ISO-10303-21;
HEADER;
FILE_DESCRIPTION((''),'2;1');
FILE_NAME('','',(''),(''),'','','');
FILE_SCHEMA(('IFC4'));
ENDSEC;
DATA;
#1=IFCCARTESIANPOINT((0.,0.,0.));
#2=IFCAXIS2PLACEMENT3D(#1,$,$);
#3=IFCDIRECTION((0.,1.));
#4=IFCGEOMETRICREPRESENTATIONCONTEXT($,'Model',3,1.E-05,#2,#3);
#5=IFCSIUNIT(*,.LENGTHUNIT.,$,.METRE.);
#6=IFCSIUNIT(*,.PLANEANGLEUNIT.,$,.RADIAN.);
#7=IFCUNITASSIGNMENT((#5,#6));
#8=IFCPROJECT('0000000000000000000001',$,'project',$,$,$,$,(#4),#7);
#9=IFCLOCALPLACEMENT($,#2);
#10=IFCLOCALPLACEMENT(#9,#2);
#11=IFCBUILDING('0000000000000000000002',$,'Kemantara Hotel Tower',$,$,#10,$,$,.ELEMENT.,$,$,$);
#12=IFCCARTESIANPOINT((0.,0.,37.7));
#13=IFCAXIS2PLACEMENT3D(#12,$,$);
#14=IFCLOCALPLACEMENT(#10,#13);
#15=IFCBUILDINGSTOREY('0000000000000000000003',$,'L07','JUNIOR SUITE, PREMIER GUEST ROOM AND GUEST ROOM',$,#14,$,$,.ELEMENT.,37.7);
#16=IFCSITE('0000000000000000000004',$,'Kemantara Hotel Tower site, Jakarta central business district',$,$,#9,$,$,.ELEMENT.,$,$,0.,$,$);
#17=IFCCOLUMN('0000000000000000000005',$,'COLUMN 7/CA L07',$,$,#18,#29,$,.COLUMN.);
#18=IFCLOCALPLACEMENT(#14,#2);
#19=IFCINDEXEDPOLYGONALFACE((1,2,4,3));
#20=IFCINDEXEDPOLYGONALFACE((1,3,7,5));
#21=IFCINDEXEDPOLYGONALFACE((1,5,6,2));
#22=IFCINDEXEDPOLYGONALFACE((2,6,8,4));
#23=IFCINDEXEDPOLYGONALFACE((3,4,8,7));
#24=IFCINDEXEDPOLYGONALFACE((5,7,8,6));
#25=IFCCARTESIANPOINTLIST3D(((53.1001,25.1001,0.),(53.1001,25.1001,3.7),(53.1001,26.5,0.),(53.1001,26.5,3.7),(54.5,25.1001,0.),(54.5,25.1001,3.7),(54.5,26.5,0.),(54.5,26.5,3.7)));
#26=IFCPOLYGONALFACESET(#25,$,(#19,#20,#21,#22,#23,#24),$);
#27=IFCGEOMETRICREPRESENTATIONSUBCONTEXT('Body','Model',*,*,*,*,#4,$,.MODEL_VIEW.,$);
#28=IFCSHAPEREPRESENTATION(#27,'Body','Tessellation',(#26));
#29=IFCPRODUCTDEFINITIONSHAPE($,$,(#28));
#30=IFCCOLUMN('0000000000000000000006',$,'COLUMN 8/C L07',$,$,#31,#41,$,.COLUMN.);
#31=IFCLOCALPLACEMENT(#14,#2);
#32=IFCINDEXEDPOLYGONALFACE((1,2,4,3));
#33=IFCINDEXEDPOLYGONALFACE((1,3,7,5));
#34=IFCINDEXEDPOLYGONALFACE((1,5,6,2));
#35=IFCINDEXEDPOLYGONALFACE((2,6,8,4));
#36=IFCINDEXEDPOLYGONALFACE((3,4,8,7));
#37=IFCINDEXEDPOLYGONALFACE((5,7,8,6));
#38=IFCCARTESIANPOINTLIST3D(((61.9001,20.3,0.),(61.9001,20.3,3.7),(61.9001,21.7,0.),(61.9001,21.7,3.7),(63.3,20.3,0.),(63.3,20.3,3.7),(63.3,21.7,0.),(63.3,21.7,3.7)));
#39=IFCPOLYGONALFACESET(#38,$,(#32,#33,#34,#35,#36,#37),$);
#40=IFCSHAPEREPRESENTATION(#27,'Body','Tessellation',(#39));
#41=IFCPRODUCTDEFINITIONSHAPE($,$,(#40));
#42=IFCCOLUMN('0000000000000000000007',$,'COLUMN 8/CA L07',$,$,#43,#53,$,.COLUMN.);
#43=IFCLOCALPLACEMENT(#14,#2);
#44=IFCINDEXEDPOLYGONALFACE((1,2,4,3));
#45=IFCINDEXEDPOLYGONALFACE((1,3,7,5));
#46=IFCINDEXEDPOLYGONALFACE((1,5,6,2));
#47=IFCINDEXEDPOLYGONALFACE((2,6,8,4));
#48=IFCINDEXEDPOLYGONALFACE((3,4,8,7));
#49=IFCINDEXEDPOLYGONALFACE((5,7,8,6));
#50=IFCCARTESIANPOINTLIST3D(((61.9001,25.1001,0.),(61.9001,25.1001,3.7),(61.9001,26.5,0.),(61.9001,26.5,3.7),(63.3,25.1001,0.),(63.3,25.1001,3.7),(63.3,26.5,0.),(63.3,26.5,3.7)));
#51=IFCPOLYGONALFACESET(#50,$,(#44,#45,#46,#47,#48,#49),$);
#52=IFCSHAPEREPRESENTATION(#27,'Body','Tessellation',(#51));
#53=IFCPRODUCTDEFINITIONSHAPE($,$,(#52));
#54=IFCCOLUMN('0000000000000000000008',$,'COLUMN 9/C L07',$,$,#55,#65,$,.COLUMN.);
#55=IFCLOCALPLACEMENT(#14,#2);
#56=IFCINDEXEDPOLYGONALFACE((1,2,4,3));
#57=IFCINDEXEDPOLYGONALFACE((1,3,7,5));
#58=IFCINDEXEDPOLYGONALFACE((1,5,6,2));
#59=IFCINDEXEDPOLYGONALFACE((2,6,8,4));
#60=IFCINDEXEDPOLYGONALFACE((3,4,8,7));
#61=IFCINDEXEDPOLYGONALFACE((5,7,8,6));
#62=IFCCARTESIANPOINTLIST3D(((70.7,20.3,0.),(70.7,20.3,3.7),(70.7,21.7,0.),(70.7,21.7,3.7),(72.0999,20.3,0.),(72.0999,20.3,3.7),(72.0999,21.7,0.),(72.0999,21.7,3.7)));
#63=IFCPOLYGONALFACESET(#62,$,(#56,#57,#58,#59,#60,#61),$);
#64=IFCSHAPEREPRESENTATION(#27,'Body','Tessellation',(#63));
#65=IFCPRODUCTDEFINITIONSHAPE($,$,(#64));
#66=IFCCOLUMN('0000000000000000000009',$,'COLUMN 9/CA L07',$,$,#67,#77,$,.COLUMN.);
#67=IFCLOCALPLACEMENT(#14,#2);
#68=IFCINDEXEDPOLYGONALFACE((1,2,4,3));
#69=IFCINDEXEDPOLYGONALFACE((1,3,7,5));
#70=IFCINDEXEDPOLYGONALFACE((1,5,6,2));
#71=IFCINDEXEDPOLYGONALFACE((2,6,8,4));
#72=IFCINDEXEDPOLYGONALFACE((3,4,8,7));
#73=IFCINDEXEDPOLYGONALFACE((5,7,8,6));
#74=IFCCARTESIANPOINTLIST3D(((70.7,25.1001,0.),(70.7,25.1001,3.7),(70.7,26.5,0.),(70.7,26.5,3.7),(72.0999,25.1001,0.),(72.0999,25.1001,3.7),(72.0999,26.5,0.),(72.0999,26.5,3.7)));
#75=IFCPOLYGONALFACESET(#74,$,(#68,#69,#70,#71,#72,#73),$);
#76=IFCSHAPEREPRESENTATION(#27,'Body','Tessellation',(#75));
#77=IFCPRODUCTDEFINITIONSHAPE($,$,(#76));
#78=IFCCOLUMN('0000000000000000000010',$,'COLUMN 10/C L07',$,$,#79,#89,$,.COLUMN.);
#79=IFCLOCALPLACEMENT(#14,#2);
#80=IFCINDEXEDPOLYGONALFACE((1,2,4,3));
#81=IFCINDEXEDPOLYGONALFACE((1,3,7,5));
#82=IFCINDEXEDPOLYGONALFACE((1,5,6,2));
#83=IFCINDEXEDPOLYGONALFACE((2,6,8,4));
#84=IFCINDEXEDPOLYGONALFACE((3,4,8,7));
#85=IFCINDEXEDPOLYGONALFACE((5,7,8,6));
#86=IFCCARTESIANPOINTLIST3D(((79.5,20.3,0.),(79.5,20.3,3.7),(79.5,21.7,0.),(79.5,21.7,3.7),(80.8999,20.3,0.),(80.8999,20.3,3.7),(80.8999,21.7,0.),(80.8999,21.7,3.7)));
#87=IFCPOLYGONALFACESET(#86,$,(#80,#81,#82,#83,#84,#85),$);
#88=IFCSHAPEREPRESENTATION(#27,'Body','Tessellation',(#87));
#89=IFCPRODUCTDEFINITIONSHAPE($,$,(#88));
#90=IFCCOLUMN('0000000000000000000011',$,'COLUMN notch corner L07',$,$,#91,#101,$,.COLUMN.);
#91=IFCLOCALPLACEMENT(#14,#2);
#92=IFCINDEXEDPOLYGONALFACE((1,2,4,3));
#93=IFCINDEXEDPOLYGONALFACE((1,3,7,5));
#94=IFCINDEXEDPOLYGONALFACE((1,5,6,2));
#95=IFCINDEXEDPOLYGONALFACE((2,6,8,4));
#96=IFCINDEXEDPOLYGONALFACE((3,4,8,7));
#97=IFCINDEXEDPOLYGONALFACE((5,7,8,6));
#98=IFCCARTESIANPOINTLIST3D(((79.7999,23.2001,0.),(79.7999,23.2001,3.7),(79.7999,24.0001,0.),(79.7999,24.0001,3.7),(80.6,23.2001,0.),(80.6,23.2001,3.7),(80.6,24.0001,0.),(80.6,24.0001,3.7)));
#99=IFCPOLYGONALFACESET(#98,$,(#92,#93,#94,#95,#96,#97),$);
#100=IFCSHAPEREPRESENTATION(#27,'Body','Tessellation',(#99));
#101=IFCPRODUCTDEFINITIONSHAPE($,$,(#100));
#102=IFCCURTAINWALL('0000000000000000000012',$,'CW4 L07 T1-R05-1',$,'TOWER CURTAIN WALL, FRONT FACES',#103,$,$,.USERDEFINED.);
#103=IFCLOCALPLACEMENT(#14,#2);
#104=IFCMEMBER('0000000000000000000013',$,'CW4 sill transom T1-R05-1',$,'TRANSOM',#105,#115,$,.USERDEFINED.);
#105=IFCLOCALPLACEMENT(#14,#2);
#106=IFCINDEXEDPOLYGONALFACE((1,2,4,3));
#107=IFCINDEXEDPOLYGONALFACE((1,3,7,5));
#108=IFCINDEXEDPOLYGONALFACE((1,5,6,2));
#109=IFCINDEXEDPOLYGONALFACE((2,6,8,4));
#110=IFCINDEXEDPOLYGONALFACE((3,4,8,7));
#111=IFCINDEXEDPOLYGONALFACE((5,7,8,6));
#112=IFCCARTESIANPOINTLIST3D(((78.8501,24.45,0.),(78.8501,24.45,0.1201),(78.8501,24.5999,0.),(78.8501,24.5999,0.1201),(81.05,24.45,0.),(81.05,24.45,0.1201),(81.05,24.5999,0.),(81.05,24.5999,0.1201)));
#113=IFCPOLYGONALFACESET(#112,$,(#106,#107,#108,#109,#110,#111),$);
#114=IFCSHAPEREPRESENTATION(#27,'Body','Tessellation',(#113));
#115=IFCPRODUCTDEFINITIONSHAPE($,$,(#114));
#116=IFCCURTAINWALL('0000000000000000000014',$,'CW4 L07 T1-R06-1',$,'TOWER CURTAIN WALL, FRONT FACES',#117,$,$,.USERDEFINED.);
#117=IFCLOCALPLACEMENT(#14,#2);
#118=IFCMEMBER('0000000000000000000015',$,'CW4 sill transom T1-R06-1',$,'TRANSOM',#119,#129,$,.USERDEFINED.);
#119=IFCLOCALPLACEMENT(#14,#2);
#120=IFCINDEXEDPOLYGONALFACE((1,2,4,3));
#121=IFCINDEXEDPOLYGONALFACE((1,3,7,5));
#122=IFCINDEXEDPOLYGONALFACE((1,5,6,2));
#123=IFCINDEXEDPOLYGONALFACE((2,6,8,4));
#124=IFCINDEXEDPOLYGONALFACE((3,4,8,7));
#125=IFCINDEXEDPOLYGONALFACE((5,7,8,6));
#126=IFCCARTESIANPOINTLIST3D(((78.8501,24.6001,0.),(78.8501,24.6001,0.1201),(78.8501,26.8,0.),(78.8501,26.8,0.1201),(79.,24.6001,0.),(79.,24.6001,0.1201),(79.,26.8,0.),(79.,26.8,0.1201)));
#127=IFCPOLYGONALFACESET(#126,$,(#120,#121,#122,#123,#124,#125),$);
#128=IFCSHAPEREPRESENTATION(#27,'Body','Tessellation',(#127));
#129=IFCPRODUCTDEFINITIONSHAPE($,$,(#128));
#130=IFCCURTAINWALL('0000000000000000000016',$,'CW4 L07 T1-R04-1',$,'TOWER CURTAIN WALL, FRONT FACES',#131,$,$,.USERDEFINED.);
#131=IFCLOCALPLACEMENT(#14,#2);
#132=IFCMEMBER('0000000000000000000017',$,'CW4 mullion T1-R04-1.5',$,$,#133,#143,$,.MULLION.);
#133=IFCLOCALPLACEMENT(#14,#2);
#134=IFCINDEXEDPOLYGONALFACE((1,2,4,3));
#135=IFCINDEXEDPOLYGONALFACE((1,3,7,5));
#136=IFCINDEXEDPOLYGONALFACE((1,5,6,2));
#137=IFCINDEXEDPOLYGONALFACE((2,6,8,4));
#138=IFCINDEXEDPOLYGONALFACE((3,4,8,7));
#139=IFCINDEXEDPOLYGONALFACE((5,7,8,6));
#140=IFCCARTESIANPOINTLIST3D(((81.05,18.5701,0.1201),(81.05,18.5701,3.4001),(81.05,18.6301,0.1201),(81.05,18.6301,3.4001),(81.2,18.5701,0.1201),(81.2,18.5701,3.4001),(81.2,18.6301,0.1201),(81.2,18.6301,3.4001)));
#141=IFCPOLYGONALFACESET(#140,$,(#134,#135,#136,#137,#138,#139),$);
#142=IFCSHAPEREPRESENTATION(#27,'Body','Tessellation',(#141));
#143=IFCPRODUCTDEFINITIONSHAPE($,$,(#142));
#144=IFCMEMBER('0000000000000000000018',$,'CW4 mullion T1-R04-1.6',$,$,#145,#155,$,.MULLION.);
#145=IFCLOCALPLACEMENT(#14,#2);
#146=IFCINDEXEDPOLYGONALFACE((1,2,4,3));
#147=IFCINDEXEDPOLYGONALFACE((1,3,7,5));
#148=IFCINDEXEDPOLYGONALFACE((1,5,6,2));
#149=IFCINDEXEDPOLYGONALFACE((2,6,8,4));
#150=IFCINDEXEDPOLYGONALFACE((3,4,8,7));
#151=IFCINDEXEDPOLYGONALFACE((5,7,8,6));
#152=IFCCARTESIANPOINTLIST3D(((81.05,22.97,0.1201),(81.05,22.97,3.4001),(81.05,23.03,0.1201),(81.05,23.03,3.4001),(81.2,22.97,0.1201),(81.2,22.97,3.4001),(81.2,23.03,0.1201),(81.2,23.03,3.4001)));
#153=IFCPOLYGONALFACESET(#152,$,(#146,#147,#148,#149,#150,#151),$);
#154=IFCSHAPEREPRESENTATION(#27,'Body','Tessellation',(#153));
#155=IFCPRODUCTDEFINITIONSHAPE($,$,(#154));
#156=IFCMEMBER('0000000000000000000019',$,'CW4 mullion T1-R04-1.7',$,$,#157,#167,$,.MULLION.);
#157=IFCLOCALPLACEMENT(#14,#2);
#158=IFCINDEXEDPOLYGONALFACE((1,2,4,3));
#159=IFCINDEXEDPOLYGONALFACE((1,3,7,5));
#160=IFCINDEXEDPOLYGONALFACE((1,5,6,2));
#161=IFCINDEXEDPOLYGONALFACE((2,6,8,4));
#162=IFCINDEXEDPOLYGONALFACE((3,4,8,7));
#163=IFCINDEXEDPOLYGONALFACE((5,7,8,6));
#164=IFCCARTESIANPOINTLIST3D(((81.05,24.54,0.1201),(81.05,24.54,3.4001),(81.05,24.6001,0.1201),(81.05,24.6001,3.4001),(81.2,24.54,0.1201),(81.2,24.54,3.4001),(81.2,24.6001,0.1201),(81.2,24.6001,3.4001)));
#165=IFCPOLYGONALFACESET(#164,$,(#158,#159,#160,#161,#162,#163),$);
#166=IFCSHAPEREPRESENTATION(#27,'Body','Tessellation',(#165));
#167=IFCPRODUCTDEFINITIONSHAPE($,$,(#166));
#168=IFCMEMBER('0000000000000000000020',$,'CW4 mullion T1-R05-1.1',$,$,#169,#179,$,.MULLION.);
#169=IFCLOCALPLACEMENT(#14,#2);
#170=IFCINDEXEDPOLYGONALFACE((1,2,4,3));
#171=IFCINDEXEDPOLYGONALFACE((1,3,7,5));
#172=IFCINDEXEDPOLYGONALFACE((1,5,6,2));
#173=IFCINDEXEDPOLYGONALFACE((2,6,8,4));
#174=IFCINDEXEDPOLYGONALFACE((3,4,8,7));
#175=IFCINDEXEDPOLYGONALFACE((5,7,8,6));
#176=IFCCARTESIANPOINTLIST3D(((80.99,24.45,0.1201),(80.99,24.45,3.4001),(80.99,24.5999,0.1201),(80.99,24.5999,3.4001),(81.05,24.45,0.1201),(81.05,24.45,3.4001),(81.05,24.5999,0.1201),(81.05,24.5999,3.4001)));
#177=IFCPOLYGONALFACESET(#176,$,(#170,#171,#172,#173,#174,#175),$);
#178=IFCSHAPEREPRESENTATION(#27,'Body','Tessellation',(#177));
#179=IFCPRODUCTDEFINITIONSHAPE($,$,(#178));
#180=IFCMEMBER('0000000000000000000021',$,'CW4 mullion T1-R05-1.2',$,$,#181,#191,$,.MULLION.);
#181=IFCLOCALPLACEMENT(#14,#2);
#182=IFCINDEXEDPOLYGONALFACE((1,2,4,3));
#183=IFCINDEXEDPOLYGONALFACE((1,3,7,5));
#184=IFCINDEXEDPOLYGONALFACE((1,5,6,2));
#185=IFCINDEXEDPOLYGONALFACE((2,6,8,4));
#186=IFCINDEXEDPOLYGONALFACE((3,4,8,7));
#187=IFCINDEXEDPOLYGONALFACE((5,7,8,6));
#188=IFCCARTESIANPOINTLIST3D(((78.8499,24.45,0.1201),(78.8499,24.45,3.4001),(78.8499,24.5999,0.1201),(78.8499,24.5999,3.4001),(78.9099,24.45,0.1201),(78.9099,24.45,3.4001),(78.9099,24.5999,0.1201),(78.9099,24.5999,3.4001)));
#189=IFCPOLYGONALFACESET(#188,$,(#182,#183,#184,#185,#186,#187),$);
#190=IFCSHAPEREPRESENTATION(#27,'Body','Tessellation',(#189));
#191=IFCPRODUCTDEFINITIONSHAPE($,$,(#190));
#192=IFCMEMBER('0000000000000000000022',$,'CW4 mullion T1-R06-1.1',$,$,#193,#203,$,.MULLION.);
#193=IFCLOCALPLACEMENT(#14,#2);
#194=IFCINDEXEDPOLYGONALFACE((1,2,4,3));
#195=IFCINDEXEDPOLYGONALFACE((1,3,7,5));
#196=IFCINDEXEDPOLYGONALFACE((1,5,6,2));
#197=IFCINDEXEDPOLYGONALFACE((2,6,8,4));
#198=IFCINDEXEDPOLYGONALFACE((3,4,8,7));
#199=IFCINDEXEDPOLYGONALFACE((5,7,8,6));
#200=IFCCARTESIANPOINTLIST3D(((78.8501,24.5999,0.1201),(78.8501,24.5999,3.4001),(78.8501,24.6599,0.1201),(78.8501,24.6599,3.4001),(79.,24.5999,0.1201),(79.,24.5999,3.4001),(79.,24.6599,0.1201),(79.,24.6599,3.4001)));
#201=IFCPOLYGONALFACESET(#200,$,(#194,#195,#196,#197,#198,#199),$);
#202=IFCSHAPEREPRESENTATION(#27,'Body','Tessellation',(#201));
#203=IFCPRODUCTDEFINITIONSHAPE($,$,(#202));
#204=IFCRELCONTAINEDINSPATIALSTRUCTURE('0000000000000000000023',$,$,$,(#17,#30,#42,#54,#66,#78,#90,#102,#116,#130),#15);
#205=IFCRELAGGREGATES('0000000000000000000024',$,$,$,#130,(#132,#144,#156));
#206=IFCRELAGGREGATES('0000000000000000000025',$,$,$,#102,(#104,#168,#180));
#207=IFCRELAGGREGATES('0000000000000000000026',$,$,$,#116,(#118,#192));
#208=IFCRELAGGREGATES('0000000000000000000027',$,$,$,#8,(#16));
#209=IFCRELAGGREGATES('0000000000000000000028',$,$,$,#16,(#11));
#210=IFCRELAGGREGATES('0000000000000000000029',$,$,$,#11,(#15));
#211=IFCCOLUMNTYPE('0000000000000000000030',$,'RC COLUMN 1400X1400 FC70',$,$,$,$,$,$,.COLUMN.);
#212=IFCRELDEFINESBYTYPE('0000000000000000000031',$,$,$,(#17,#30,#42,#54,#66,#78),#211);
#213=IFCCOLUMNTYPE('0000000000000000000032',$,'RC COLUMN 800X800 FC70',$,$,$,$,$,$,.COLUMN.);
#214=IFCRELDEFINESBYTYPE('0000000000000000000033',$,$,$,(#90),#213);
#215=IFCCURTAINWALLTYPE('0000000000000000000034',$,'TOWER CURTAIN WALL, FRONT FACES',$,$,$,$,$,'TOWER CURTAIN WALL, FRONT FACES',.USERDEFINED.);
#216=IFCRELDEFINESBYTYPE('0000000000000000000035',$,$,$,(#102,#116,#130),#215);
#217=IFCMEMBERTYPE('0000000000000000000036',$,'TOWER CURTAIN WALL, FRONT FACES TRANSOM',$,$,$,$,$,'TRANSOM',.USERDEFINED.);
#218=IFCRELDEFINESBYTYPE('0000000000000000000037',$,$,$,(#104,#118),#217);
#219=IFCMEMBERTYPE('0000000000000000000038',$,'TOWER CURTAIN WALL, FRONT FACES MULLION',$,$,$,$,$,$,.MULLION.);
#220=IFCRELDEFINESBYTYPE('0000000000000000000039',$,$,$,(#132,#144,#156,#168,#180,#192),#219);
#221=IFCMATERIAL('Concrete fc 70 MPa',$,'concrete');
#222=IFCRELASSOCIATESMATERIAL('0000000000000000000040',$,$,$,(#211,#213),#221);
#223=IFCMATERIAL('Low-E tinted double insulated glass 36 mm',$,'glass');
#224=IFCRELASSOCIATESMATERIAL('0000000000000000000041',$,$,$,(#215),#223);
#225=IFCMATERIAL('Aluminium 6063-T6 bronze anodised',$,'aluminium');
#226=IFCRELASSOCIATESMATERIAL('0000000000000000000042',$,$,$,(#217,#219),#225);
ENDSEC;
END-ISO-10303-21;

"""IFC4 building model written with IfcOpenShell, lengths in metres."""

from ifc_helpers import new_model, si_unit, direction, frame, origin, origin_2d, place, context, subcontext, project, spatial, rectangle, extrude, source, transform, mapped, material, material_profile, profile_set, type_object, element, aggregate, save


model = new_model("IFC4")

# Units and contexts
model_context = context("Model", 3, precision=1e-05, world=origin(), true_north=direction((0.0, 1.0)))
body_context = subcontext(model_context, "Body", "Model", "MODEL_VIEW")
ifc_project = project(units=[si_unit("LENGTHUNIT", "METRE"), si_unit("PLANEANGLEUNIT", "RADIAN")], contexts=[model_context])

# Site, building, storey
site_placement = place(None, origin())
site = spatial("IfcSite", under=ifc_project, at=site_placement, Name="Kemantara Hotel Tower site, Jakarta central business district", CompositionType="ELEMENT", RefElevation=0.0)
building_placement = place(site_placement, origin())
building = spatial("IfcBuilding", under=site, at=building_placement, Name="Kemantara Hotel Tower", CompositionType="ELEMENT")
storey_placement = place(building_placement, frame((0.0, 0.0, 37.7)))
storey = spatial("IfcBuildingStorey", under=building, at=storey_placement, Name="L07", Description="JUNIOR SUITE, PREMIER GUEST ROOM AND GUEST ROOM", CompositionType="ELEMENT", Elevation=37.7)

# Columns
ifc_material_1 = material(Name="Concrete fc 70 MPa", Category="concrete")
ifc_material_profile_1 = material_profile(ifc_material_1, rectangle(XDim=1.3999, YDim=1.3999, at=origin_2d()), Name="RC 1400X1400")
ifc_profile_set_1 = profile_set([ifc_material_profile_1], Name="Concrete fc 70 MPa")
column_type_1 = type_object("IfcColumnType", Name="RC COLUMN 1400X1400 FC70", PredefinedType="COLUMN", material=ifc_profile_set_1)
for number, where, z_axis, x_axis, name in (
    (1, (53.8, 25.8, 0.0), (0.0, 0.0, 1.0), (1.0, 0.0, 0.0), "COLUMN 7/CA L07"),
    (2, (62.6001, 21.0, 0.0), (0.0, 0.0, 1.0), (1.0, 0.0, 0.0), "COLUMN 8/C L07"),
    (3, (62.6001, 25.8, 0.0), (0.0, 0.0, 1.0), (1.0, 0.0, 0.0), "COLUMN 8/CA L07"),
    (4, (71.3999, 21.0, 0.0), (0.0, 0.0, 1.0), (1.0, 0.0, 0.0), "COLUMN 9/C L07"),
    (5, (71.3999, 25.8, 0.0), (0.0, 0.0, 1.0), (1.0, 0.0, 0.0), "COLUMN 9/CA L07"),
    (6, (80.2, 21.0, 0.0), (0.0, 0.0, 1.0), (1.0, 0.0, 0.0), "COLUMN 10/C L07"),
):
    element("IfcColumn", number, at=place(storey_placement, frame(where, z_axis=z_axis, x_axis=x_axis)), inside=storey, type_object=column_type_1, Name=name, PredefinedType="COLUMN", context=body_context, shape_type="SweptSolid", body=[
        extrude(rectangle(XDim=1.3999, YDim=1.3999, at=origin_2d()), origin(), (0.0, 0.0, 1.0), 3.7),
    ])
ifc_material_profile_2 = material_profile(ifc_material_1, rectangle(XDim=0.8, YDim=0.8, at=origin_2d()), Name="RC 800X800")
ifc_profile_set_2 = profile_set([ifc_material_profile_2], Name="Concrete fc 70 MPa")
column_type_2 = type_object("IfcColumnType", Name="RC COLUMN 800X800 FC70", PredefinedType="COLUMN", material=ifc_profile_set_2)
column_placement = place(storey_placement, frame((80.2, 23.6001, 0.0), z_axis=(0.0, 0.0, 1.0), x_axis=(1.0, 0.0, 0.0)))
element("IfcColumn", 7, at=column_placement, inside=storey, type_object=column_type_2, Name="COLUMN notch corner L07", PredefinedType="COLUMN", context=body_context, shape_type="SweptSolid", body=[
    extrude(rectangle(XDim=0.8, YDim=0.8, at=origin_2d()), origin(), (0.0, 0.0, 1.0), 3.7),
])

# Curtain walls, members
ifc_material_2 = material(Name="Low-E tinted double insulated glass 36 mm", Category="glass")
curtain_wall_type = type_object("IfcCurtainWallType", Name="TOWER CURTAIN WALL, FRONT FACES", ElementType="TOWER CURTAIN WALL, FRONT FACES", PredefinedType="USERDEFINED", material=ifc_material_2)
curtain_wall_1_placement = place(storey_placement, origin())
curtain_wall_1 = element("IfcCurtainWall", 8, at=curtain_wall_1_placement, inside=storey, type_object=curtain_wall_type, Name="CW4 L07 T1-R05-1", ObjectType="TOWER CURTAIN WALL, FRONT FACES", PredefinedType="USERDEFINED")
ifc_material_3 = material(Name="Aluminium 6063-T6 bronze anodised", Category="aluminium")
ifc_material_profile_3 = material_profile(ifc_material_3, rectangle(XDim=0.1499, YDim=0.1201, at=origin_2d()), Name="TOWER CURTAIN WALL, FRONT FACES TRANSOM")
ifc_profile_set_3 = profile_set([ifc_material_profile_3], Name="Aluminium 6063-T6 bronze anodised")
member_type_1 = type_object("IfcMemberType", Name="TOWER CURTAIN WALL, FRONT FACES TRANSOM", ElementType="TRANSOM", PredefinedType="USERDEFINED", material=ifc_profile_set_3)
member_1_placement = place(storey_placement, frame((81.05, 24.5249, 0.0601), z_axis=(-1.0, 0.0, 0.0), x_axis=(0.0, -1.0, 0.0)))
member_1 = element("IfcMember", 9, at=member_1_placement, type_object=member_type_1, Name="CW4 sill transom T1-R05-1", ObjectType="TRANSOM", PredefinedType="USERDEFINED", context=body_context, shape_type="SweptSolid", body=[
    extrude(rectangle(XDim=0.1499, YDim=0.1201, at=origin_2d()), origin(), (0.0, 0.0, 1.0), 2.2),
])
curtain_wall_2_placement = place(storey_placement, origin())
curtain_wall_2 = element("IfcCurtainWall", 10, at=curtain_wall_2_placement, inside=storey, type_object=curtain_wall_type, Name="CW4 L07 T1-R06-1", ObjectType="TOWER CURTAIN WALL, FRONT FACES", PredefinedType="USERDEFINED")
member_2_placement = place(storey_placement, frame((78.925, 24.6001, 0.0601), z_axis=(0.0, 1.0, 0.0), x_axis=(-1.0, 0.0, 0.0)))
member_2 = element("IfcMember", 11, at=member_2_placement, type_object=member_type_1, Name="CW4 sill transom T1-R06-1", ObjectType="TRANSOM", PredefinedType="USERDEFINED", context=body_context, shape_type="SweptSolid", body=[
    extrude(rectangle(XDim=0.1499, YDim=0.1201, at=origin_2d()), origin(), (0.0, 0.0, 1.0), 2.2),
])

# Curtain wall, members
curtain_wall_3_placement = place(storey_placement, origin())
curtain_wall_3 = element("IfcCurtainWall", 12, at=curtain_wall_3_placement, inside=storey, type_object=curtain_wall_type, Name="CW4 L07 T1-R04-1", ObjectType="TOWER CURTAIN WALL, FRONT FACES", PredefinedType="USERDEFINED")
ifc_material_profile_4 = material_profile(ifc_material_3, rectangle(XDim=0.1499, YDim=0.0601, at=origin_2d()), Name="TOWER CURTAIN WALL, FRONT FACES MULLION")
ifc_profile_set_4 = profile_set([ifc_material_profile_4], Name="Aluminium 6063-T6 bronze anodised")
member_type_2 = type_object("IfcMemberType", Name="TOWER CURTAIN WALL, FRONT FACES MULLION", PredefinedType="MULLION", material=ifc_profile_set_4)
shared_shape_1 = source(origin(), body_context, "Body", "SweptSolid", [
    extrude(rectangle(XDim=0.1499, YDim=0.0601, at=origin_2d()), origin(), (0.0, 0.0, 1.0), 3.28),
])
member_3_placement = place(storey_placement, frame((81.125, 18.6001, 0.1201), z_axis=(0.0, 0.0, 1.0), x_axis=(-1.0, 0.0, 0.0)))
member_3 = element("IfcMember", 13, at=member_3_placement, type_object=member_type_2, Name="CW4 mullion T1-R04-1.5", PredefinedType="MULLION", context=body_context, shape_type="MappedRepresentation", body=[
    mapped(shared_shape_1, transform((0.0, 0.0, 0.0))),
])
member_4_placement = place(storey_placement, frame((81.125, 23.0, 0.1201), z_axis=(0.0, 0.0, 1.0), x_axis=(-1.0, 0.0, 0.0)))
member_4 = element("IfcMember", 14, at=member_4_placement, type_object=member_type_2, Name="CW4 mullion T1-R04-1.6", PredefinedType="MULLION", context=body_context, shape_type="MappedRepresentation", body=[
    mapped(shared_shape_1, transform((0.0, 0.0, 0.0))),
])
member_5_placement = place(storey_placement, frame((81.125, 24.5701, 0.1201), z_axis=(0.0, 0.0, 1.0), x_axis=(-1.0, 0.0, 0.0)))
member_5 = element("IfcMember", 15, at=member_5_placement, type_object=member_type_2, Name="CW4 mullion T1-R04-1.7", PredefinedType="MULLION", context=body_context, shape_type="MappedRepresentation", body=[
    mapped(shared_shape_1, transform((0.0, 0.0, 0.0))),
])

# Members
member_6_placement = place(storey_placement, frame((81.02, 24.5249, 0.1201), z_axis=(0.0, 0.0, 1.0), x_axis=(0.0, -1.0, 0.0)))
member_6 = element("IfcMember", 16, at=member_6_placement, type_object=member_type_2, Name="CW4 mullion T1-R05-1.1", PredefinedType="MULLION", context=body_context, shape_type="MappedRepresentation", body=[
    mapped(shared_shape_1, transform((0.0, 0.0, 0.0))),
])
member_7_placement = place(storey_placement, frame((78.8799, 24.5249, 0.1201), z_axis=(0.0, 0.0, 1.0), x_axis=(0.0, -1.0, 0.0)))
member_7 = element("IfcMember", 17, at=member_7_placement, type_object=member_type_2, Name="CW4 mullion T1-R05-1.2", PredefinedType="MULLION", context=body_context, shape_type="MappedRepresentation", body=[
    mapped(shared_shape_1, transform((0.0, 0.0, 0.0))),
])
member_8_placement = place(storey_placement, frame((78.925, 24.6299, 0.1201), z_axis=(0.0, 0.0, 1.0), x_axis=(-1.0, 0.0, 0.0)))
member_8 = element("IfcMember", 18, at=member_8_placement, type_object=member_type_2, Name="CW4 mullion T1-R06-1.1", PredefinedType="MULLION", context=body_context, shape_type="MappedRepresentation", body=[
    mapped(shared_shape_1, transform((0.0, 0.0, 0.0))),
])

aggregate(curtain_wall_3, [member_3, member_4, member_5])
aggregate(curtain_wall_1, [member_1, member_6, member_7])
aggregate(curtain_wall_2, [member_2, member_8])

save(model, "model.ifc")
